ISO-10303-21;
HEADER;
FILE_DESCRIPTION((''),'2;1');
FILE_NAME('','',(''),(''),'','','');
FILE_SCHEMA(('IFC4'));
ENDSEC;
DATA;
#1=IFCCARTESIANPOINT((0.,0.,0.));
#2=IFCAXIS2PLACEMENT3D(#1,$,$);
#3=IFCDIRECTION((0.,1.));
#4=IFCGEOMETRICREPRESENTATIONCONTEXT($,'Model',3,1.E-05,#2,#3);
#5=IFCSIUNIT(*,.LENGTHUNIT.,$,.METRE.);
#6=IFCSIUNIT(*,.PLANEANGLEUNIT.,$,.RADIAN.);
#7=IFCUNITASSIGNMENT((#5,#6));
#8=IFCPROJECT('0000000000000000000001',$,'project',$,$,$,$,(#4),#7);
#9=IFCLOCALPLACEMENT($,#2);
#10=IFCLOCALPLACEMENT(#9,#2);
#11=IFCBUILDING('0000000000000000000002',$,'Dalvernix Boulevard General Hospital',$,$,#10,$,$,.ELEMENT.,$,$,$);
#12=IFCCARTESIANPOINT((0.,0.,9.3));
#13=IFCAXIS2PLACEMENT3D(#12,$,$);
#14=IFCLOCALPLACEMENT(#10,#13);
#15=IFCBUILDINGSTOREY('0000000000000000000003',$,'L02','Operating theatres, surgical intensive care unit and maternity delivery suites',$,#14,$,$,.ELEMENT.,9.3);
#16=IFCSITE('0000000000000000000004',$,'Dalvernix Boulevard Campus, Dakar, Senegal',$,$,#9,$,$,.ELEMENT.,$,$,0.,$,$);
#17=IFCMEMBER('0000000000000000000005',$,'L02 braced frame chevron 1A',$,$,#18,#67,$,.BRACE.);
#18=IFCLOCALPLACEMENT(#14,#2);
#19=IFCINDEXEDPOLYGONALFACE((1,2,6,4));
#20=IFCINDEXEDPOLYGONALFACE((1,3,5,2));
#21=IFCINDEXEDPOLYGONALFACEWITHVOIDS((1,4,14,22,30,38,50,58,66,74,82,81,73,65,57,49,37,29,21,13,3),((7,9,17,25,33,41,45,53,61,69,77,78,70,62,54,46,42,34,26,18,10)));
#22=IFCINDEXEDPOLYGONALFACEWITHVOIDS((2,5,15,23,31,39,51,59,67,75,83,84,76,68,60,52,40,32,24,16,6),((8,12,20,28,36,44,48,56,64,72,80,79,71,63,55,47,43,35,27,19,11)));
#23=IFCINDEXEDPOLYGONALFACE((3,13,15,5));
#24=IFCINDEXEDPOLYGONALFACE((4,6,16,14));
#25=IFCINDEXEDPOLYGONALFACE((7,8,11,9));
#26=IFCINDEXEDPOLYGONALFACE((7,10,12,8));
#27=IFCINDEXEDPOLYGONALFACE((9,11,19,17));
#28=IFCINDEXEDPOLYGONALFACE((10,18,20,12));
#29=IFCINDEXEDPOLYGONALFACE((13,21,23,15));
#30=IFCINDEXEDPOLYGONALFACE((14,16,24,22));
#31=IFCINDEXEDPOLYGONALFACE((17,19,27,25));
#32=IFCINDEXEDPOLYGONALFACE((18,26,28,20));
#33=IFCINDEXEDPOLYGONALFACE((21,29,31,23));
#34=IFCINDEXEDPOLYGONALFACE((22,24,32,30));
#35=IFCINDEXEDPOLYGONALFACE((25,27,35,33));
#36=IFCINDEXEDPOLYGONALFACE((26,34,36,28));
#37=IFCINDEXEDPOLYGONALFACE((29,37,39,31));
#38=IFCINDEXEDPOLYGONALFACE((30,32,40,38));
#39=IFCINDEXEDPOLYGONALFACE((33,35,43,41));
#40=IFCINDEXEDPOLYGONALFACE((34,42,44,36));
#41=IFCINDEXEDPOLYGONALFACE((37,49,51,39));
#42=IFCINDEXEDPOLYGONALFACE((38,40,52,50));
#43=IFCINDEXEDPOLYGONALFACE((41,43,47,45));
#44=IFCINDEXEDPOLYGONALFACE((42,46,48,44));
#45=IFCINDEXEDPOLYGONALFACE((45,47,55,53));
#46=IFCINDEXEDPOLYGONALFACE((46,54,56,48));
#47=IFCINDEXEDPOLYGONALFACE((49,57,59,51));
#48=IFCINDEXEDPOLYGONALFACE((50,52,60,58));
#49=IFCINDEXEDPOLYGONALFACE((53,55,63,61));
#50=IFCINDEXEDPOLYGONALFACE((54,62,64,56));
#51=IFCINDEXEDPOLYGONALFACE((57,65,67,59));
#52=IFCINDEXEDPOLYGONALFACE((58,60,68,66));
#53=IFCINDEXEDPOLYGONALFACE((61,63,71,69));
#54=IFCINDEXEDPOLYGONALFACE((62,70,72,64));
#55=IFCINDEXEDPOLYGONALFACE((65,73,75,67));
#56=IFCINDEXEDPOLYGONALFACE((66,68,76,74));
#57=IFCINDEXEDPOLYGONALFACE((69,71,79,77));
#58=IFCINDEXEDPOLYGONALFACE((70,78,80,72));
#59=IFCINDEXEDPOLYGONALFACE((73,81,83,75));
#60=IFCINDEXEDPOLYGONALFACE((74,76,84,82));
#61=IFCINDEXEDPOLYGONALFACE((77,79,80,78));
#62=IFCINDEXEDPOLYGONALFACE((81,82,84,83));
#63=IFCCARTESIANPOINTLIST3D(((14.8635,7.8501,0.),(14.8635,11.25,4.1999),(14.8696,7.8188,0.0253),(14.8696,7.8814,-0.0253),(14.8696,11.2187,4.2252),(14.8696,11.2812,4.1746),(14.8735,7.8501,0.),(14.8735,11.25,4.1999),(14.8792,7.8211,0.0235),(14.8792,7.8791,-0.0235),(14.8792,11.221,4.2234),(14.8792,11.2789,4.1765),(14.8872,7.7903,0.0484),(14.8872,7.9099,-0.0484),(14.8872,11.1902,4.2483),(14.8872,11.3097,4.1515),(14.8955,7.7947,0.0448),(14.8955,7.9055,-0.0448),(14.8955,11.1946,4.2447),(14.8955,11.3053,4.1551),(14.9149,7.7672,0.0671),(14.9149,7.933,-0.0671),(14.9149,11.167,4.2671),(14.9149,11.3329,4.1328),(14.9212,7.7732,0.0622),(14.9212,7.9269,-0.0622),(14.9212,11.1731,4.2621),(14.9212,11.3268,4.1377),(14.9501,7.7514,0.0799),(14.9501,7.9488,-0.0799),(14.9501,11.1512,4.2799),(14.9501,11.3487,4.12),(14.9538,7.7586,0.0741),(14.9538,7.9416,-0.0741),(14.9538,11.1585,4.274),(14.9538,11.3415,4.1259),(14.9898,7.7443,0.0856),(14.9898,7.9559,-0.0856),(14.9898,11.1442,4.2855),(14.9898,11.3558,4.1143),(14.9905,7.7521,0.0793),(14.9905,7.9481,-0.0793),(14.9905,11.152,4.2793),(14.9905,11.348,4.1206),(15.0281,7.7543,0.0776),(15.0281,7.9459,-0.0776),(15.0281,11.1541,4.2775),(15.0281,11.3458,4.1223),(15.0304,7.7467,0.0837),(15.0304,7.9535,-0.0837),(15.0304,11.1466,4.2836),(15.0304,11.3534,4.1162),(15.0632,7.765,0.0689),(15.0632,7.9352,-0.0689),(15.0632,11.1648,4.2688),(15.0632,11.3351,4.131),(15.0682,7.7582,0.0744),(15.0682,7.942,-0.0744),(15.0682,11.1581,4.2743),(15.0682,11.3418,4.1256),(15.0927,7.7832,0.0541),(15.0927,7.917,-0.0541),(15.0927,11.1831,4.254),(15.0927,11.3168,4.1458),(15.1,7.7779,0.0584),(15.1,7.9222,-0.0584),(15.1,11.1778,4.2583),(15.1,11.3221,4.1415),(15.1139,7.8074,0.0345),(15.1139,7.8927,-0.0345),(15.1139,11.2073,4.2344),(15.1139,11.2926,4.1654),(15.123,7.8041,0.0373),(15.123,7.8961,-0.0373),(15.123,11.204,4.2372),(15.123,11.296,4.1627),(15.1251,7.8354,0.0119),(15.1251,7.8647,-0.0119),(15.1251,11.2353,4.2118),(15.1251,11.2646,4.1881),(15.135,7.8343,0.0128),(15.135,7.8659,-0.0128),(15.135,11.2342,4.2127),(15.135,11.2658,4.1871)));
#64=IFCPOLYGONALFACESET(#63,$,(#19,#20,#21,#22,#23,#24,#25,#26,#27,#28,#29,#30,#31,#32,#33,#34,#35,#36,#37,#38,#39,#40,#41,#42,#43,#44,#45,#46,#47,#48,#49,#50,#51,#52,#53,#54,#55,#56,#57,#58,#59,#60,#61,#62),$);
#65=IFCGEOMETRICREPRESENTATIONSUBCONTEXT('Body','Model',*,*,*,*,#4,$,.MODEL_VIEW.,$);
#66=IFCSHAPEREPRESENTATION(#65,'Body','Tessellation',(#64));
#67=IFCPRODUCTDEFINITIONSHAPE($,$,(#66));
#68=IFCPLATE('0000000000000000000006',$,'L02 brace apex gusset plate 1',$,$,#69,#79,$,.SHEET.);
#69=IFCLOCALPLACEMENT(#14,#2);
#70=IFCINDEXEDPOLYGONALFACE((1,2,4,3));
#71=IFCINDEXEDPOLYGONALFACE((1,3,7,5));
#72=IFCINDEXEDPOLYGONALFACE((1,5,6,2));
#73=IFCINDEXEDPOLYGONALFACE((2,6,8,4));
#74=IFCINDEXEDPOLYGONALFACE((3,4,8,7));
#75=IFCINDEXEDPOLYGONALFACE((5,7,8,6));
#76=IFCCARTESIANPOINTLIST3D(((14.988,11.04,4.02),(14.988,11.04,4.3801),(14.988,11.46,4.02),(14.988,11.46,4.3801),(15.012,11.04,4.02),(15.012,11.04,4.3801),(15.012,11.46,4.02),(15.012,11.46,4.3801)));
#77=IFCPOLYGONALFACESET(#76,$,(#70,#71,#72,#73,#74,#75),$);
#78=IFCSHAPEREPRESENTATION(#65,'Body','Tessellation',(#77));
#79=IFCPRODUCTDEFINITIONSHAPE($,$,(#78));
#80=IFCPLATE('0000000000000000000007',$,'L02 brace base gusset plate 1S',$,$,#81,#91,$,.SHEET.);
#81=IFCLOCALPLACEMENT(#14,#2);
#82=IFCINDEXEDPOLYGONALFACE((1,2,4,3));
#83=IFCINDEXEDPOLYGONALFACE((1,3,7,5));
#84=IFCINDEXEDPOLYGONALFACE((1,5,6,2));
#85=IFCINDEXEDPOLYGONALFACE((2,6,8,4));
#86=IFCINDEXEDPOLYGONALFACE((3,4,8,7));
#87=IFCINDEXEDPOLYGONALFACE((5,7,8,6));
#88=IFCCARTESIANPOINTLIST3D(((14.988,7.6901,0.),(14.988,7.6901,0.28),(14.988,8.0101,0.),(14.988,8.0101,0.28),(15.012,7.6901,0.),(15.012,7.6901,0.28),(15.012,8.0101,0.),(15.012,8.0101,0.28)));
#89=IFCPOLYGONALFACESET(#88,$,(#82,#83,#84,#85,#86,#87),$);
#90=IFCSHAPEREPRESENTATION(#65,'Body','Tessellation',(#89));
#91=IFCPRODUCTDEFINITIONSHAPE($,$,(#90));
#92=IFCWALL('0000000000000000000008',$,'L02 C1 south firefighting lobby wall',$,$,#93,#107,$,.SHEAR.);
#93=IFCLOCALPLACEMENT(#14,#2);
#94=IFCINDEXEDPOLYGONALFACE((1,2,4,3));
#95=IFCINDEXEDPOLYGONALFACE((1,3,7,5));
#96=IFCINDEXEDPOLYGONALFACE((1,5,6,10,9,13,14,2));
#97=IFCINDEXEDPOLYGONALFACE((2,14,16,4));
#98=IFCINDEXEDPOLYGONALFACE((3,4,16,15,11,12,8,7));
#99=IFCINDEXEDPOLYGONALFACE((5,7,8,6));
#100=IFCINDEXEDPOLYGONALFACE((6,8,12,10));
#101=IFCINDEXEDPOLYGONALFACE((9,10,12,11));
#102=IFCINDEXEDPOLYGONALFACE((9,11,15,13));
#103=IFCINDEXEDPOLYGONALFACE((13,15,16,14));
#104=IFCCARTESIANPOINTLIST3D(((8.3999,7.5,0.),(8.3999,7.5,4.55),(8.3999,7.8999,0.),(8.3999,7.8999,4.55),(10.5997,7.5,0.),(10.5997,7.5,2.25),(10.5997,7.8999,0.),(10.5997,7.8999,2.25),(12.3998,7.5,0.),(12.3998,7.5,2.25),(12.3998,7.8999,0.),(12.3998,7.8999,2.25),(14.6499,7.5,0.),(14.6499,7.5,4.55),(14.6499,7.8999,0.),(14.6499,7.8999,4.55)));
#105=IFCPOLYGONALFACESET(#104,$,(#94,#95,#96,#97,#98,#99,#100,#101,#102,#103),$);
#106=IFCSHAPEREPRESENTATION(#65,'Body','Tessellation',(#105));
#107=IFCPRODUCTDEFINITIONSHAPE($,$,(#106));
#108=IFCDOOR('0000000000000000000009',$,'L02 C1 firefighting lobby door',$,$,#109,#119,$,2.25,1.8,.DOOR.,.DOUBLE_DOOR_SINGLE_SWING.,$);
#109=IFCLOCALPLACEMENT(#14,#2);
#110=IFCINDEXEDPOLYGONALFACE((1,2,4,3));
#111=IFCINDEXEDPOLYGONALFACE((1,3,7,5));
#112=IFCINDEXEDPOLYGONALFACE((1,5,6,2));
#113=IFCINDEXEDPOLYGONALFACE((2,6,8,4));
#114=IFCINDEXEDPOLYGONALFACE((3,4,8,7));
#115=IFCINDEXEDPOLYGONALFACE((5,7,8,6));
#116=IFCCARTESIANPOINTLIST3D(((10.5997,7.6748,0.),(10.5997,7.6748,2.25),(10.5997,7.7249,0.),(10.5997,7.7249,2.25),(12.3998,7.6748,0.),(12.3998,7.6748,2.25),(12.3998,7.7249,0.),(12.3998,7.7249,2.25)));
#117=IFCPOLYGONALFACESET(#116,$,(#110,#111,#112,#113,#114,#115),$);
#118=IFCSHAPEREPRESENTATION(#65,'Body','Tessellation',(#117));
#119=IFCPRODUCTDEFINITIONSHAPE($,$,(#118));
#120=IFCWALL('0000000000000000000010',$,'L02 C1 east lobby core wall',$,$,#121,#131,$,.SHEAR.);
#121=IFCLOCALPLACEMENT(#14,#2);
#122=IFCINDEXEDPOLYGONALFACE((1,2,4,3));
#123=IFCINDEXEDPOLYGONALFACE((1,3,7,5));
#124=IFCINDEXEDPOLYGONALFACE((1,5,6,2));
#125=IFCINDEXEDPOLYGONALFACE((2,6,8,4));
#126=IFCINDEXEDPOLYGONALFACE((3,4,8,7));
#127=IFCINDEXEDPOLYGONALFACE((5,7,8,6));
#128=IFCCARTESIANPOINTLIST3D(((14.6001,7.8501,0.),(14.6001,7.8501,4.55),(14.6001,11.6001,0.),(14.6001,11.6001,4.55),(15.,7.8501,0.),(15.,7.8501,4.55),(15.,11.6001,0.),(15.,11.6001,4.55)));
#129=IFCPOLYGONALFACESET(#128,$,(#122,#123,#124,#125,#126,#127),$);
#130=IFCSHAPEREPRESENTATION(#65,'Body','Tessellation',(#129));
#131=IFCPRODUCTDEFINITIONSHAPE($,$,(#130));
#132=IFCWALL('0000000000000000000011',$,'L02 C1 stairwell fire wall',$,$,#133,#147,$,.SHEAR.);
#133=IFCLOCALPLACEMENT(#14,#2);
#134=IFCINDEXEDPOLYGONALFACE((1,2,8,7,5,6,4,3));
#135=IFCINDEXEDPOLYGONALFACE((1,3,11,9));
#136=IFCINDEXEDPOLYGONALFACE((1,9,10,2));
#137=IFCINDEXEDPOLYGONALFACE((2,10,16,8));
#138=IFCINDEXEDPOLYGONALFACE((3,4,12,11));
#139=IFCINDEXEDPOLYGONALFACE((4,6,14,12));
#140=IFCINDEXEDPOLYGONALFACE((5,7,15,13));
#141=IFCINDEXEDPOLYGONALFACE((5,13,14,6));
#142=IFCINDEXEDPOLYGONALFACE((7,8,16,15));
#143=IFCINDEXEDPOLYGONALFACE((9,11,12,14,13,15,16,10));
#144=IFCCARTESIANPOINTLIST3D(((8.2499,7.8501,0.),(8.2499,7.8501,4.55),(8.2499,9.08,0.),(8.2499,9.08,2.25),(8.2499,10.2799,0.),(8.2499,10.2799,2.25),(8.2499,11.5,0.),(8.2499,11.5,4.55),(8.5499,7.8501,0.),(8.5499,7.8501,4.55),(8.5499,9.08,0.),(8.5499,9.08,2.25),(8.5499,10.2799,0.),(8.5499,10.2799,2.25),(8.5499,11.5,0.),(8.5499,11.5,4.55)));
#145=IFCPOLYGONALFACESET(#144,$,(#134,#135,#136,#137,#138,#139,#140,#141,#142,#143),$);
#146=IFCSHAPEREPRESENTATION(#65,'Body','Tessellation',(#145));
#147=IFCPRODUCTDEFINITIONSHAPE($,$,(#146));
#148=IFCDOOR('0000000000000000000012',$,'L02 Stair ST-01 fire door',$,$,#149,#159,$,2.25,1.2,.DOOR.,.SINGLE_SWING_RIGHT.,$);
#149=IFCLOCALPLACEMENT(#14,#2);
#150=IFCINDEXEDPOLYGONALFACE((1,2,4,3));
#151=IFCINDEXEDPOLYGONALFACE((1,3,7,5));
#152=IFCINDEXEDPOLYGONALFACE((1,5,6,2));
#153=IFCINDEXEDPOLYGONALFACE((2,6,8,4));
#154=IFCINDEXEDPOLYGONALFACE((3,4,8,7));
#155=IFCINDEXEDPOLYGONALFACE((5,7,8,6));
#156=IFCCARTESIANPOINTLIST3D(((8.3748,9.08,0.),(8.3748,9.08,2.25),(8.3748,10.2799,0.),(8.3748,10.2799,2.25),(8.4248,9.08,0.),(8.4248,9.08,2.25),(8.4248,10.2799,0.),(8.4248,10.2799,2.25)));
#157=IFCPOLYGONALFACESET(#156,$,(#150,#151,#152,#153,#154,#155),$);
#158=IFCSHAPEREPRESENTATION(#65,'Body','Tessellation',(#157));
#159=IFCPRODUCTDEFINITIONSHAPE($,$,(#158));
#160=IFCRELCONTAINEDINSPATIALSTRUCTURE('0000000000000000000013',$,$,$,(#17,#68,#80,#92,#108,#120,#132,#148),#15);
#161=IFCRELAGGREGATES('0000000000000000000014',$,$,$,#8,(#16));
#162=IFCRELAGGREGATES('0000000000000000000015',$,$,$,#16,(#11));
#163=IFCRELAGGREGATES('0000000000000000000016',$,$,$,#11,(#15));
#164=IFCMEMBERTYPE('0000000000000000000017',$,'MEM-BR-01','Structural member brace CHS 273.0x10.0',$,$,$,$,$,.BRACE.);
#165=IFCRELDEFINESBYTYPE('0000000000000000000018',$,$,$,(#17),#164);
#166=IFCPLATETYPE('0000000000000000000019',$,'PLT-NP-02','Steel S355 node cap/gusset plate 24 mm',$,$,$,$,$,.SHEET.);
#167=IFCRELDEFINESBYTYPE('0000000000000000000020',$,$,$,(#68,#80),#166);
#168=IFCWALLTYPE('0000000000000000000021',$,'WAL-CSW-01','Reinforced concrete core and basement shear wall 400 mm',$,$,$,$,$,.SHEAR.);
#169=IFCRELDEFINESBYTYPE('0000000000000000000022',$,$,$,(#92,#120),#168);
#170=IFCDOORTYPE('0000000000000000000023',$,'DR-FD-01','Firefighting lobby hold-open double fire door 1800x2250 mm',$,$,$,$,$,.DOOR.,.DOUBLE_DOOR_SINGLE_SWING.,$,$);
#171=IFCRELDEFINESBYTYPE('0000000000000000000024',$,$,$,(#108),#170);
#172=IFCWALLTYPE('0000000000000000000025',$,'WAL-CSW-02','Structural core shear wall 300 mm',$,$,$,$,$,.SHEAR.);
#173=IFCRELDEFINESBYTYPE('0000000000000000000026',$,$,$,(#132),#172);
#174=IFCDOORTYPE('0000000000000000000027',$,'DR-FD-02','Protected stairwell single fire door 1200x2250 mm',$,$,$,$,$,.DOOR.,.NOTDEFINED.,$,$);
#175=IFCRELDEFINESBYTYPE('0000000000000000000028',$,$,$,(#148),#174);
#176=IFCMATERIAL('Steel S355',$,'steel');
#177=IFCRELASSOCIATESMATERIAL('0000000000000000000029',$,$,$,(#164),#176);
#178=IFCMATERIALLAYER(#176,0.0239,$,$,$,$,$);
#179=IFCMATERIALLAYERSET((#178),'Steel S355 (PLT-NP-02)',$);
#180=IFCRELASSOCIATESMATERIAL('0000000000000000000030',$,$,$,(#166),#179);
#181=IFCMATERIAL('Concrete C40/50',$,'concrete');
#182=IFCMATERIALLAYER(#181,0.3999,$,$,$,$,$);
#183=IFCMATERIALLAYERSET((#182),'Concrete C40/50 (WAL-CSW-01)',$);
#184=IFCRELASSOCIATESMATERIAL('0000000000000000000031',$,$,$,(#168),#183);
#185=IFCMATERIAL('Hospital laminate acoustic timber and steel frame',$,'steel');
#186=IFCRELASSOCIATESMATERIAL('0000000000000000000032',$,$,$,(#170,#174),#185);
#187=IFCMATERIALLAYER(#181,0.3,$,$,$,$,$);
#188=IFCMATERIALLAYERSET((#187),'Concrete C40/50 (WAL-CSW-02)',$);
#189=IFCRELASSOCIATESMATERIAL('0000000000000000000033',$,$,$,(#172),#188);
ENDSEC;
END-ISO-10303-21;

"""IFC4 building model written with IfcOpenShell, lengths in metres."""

from ifc_helpers import new_model, si_unit, direction, frame, frame_2d, origin, origin_2d, place, context, subcontext, project, spatial, rectangle, hollow_circle, extrude, material, layer, layer_set, material_profile, profile_set, type_object, element, fill, save


model = new_model("IFC4")

# Units and contexts
model_context = context("Model", 3, precision=1e-05, world=origin(), true_north=direction((0.0, 1.0)))
body_context = subcontext(model_context, "Body", "Model", "MODEL_VIEW")
ifc_project = project(units=[si_unit("LENGTHUNIT", "METRE"), si_unit("PLANEANGLEUNIT", "RADIAN")], contexts=[model_context])

# Site, building, storey
site_placement = place(None, origin())
site = spatial("IfcSite", under=ifc_project, at=site_placement, Name="Dalvernix Boulevard Campus, Dakar, Senegal", CompositionType="ELEMENT", RefElevation=0.0)
building_placement = place(site_placement, origin())
building = spatial("IfcBuilding", under=site, at=building_placement, Name="Dalvernix Boulevard General Hospital", CompositionType="ELEMENT")
storey_placement = place(building_placement, frame((0.0, 0.0, 9.3)))
storey = spatial("IfcBuildingStorey", under=building, at=storey_placement, Name="L02", Description="Operating theatres, surgical intensive care unit and maternity delivery suites", CompositionType="ELEMENT", Elevation=9.3)

# Shared definitions
ifc_material_1 = material(Name="Concrete C40/50", Category="concrete")

# Member
ifc_material_2 = material(Name="Steel S355", Category="steel")
ifc_material_profile_1 = material_profile(ifc_material_2, hollow_circle(Radius=0.1365, WallThickness=0.01, at=origin_2d()), Name="CHS 273.0x10.0")
ifc_profile_set_1 = profile_set([ifc_material_profile_1], Name="Steel S355")
member_type = type_object("IfcMemberType", Name="MEM-BR-01", Description="Structural member brace CHS 273.0x10.0", PredefinedType="BRACE", material=ifc_profile_set_1)
member_placement = place(storey_placement, frame((15.0, 7.8501, 0.0), z_axis=(0.0, 0.629192, 0.77725), x_axis=(-1.0, 0.0, 0.0)))
element("IfcMember", 1, at=member_placement, inside=storey, type_object=member_type, Name="L02 braced frame chevron 1A", PredefinedType="BRACE", context=body_context, shape_type="SweptSolid", body=[
    extrude(hollow_circle(Radius=0.1365, WallThickness=0.01, at=origin_2d()), origin(), (0.0, 0.0, 1.0), 5.4036),
])

# Plates
ifc_layer_1 = layer(ifc_material_2, 0.0239)
ifc_layer_set_1 = layer_set([ifc_layer_1], Name="Steel S355 (PLT-NP-02)")
plate_type = type_object("IfcPlateType", Name="PLT-NP-02", Description="Steel S355 node cap/gusset plate 24 mm", PredefinedType="SHEET", material=ifc_layer_set_1)
plate_1_placement = place(storey_placement, frame((15.0, 11.25, 4.02), z_axis=(0.0, 0.0, 1.0), x_axis=(0.0, 1.0, 0.0)))
element("IfcPlate", 2, at=plate_1_placement, inside=storey, type_object=plate_type, Name="L02 brace apex gusset plate 1", PredefinedType="SHEET", context=body_context, shape_type="SweptSolid", body=[
    extrude(rectangle(XDim=0.4199, YDim=0.0239, at=origin_2d()), origin(), (0.0, 0.0, 1.0), 0.3601),
])
plate_2_placement = place(storey_placement, frame((15.0, 7.8501, 0.0), z_axis=(0.0, 0.0, 1.0), x_axis=(0.0, 1.0, 0.0)))
element("IfcPlate", 3, at=plate_2_placement, inside=storey, type_object=plate_type, Name="L02 brace base gusset plate 1S", PredefinedType="SHEET", context=body_context, shape_type="SweptSolid", body=[
    extrude(rectangle(XDim=0.3201, YDim=0.0239, at=origin_2d()), origin(), (0.0, 0.0, 1.0), 0.28),
])

# Wall, opening, door
ifc_layer_2 = layer(ifc_material_1, 0.3999)
ifc_layer_set_2 = layer_set([ifc_layer_2], Name="Concrete C40/50 (WAL-CSW-01)")
wall_type_1 = type_object("IfcWallType", Name="WAL-CSW-01", Description="Reinforced concrete core and basement shear wall 400 mm", PredefinedType="SHEAR", material=ifc_layer_set_2)
wall_1_placement = place(storey_placement, frame((8.3999, 7.7, 0.0), z_axis=(0.0, 0.0, 1.0), x_axis=(1.0, 0.0, 0.0)))
wall_1 = element("IfcWall", 4, at=wall_1_placement, inside=storey, type_object=wall_type_1, Name="L02 C1 south firefighting lobby wall", PredefinedType="SHEAR", context=body_context, shape_type="SweptSolid", body=[
    extrude(rectangle(XDim=6.25, YDim=0.3999, at=frame_2d((3.125, 0.0))), origin(), (0.0, 0.0, 1.0), 4.55),
])
opening_1_placement = place(wall_1_placement, frame((2.2, 0.0, 0.0)))
opening_1 = element("IfcOpeningElement", 5, at=opening_1_placement, cuts=wall_1, PredefinedType="OPENING", context=body_context, shape_type="SweptSolid", body=[
    extrude(rectangle(XDim=1.8, YDim=2.25, at=frame_2d((0.8999, 1.125))), frame((0.0, 0.21, 0.0), z_axis=(0.0, -1.0, 0.0), x_axis=(1.0, 0.0, 0.0)), (0.0, 0.0, 1.0), 0.4199),
])
ifc_material_3 = material(Name="Hospital laminate acoustic timber and steel frame", Category="steel")
door_type_1 = type_object("IfcDoorType", Name="DR-FD-01", Description="Firefighting lobby hold-open double fire door 1800x2250 mm", OperationType="DOUBLE_DOOR_SINGLE_SWING", PredefinedType="DOOR", material=ifc_material_3)
door_1_placement = place(opening_1_placement, origin())
door_1 = element("IfcDoor", 6, at=door_1_placement, inside=storey, type_object=door_type_1, Name="L02 C1 firefighting lobby door", OperationType="DOUBLE_DOOR_SINGLE_SWING", OverallHeight=2.25, OverallWidth=1.8, PredefinedType="DOOR", context=body_context, shape_type="SweptSolid", body=[
    extrude(rectangle(XDim=1.8, YDim=2.25, at=frame_2d((0.8999, 1.125))), frame((0.0, 0.0249, 0.0), z_axis=(0.0, -1.0, 0.0), x_axis=(1.0, 0.0, 0.0)), (0.0, 0.0, 1.0), 0.05),
])
fill(opening_1, door_1)

# Wall
wall_2_placement = place(storey_placement, frame((14.8, 7.8501, 0.0), z_axis=(0.0, 0.0, 1.0), x_axis=(0.0, 1.0, 0.0)))
element("IfcWall", 7, at=wall_2_placement, inside=storey, type_object=wall_type_1, Name="L02 C1 east lobby core wall", PredefinedType="SHEAR", context=body_context, shape_type="SweptSolid", body=[
    extrude(rectangle(XDim=3.75, YDim=0.3999, at=frame_2d((1.875, 0.0))), origin(), (0.0, 0.0, 1.0), 4.55),
])

# Wall, opening, door
ifc_layer_3 = layer(ifc_material_1, 0.3)
ifc_layer_set_3 = layer_set([ifc_layer_3], Name="Concrete C40/50 (WAL-CSW-02)")
wall_type_2 = type_object("IfcWallType", Name="WAL-CSW-02", Description="Structural core shear wall 300 mm", PredefinedType="SHEAR", material=ifc_layer_set_3)
wall_3_placement = place(storey_placement, frame((8.3999, 11.5, 0.0), z_axis=(0.0, 0.0, 1.0), x_axis=(0.0, -1.0, 0.0)))
wall_3 = element("IfcWall", 8, at=wall_3_placement, inside=storey, type_object=wall_type_2, Name="L02 C1 stairwell fire wall", PredefinedType="SHEAR", context=body_context, shape_type="SweptSolid", body=[
    extrude(rectangle(XDim=3.6499, YDim=0.3, at=frame_2d((1.825, 0.0))), origin(), (0.0, 0.0, 1.0), 4.55),
])
opening_2_placement = place(wall_3_placement, frame((1.22, 0.0, 0.0)))
opening_2 = element("IfcOpeningElement", 9, at=opening_2_placement, cuts=wall_3, PredefinedType="OPENING", context=body_context, shape_type="SweptSolid", body=[
    extrude(rectangle(XDim=1.2, YDim=2.25, at=frame_2d((0.6001, 1.125))), frame((0.0, 0.1599, 0.0), z_axis=(0.0, -1.0, 0.0), x_axis=(1.0, 0.0, 0.0)), (0.0, 0.0, 1.0), 0.3201),
])
door_type_2 = type_object("IfcDoorType", Name="DR-FD-02", Description="Protected stairwell single fire door 1200x2250 mm", OperationType="NOTDEFINED", PredefinedType="DOOR", material=ifc_material_3)
door_2_placement = place(opening_2_placement, origin())
door_2 = element("IfcDoor", 10, at=door_2_placement, inside=storey, type_object=door_type_2, Name="L02 Stair ST-01 fire door", OperationType="SINGLE_SWING_RIGHT", OverallHeight=2.25, OverallWidth=1.2, PredefinedType="DOOR", context=body_context, shape_type="SweptSolid", body=[
    extrude(rectangle(XDim=1.2, YDim=2.25, at=frame_2d((0.6001, 1.125))), frame((0.0, 0.0249, 0.0), z_axis=(0.0, -1.0, 0.0), x_axis=(1.0, 0.0, 0.0)), (0.0, 0.0, 1.0), 0.05),
])
fill(opening_2, door_2)

save(model, "model.ifc")
